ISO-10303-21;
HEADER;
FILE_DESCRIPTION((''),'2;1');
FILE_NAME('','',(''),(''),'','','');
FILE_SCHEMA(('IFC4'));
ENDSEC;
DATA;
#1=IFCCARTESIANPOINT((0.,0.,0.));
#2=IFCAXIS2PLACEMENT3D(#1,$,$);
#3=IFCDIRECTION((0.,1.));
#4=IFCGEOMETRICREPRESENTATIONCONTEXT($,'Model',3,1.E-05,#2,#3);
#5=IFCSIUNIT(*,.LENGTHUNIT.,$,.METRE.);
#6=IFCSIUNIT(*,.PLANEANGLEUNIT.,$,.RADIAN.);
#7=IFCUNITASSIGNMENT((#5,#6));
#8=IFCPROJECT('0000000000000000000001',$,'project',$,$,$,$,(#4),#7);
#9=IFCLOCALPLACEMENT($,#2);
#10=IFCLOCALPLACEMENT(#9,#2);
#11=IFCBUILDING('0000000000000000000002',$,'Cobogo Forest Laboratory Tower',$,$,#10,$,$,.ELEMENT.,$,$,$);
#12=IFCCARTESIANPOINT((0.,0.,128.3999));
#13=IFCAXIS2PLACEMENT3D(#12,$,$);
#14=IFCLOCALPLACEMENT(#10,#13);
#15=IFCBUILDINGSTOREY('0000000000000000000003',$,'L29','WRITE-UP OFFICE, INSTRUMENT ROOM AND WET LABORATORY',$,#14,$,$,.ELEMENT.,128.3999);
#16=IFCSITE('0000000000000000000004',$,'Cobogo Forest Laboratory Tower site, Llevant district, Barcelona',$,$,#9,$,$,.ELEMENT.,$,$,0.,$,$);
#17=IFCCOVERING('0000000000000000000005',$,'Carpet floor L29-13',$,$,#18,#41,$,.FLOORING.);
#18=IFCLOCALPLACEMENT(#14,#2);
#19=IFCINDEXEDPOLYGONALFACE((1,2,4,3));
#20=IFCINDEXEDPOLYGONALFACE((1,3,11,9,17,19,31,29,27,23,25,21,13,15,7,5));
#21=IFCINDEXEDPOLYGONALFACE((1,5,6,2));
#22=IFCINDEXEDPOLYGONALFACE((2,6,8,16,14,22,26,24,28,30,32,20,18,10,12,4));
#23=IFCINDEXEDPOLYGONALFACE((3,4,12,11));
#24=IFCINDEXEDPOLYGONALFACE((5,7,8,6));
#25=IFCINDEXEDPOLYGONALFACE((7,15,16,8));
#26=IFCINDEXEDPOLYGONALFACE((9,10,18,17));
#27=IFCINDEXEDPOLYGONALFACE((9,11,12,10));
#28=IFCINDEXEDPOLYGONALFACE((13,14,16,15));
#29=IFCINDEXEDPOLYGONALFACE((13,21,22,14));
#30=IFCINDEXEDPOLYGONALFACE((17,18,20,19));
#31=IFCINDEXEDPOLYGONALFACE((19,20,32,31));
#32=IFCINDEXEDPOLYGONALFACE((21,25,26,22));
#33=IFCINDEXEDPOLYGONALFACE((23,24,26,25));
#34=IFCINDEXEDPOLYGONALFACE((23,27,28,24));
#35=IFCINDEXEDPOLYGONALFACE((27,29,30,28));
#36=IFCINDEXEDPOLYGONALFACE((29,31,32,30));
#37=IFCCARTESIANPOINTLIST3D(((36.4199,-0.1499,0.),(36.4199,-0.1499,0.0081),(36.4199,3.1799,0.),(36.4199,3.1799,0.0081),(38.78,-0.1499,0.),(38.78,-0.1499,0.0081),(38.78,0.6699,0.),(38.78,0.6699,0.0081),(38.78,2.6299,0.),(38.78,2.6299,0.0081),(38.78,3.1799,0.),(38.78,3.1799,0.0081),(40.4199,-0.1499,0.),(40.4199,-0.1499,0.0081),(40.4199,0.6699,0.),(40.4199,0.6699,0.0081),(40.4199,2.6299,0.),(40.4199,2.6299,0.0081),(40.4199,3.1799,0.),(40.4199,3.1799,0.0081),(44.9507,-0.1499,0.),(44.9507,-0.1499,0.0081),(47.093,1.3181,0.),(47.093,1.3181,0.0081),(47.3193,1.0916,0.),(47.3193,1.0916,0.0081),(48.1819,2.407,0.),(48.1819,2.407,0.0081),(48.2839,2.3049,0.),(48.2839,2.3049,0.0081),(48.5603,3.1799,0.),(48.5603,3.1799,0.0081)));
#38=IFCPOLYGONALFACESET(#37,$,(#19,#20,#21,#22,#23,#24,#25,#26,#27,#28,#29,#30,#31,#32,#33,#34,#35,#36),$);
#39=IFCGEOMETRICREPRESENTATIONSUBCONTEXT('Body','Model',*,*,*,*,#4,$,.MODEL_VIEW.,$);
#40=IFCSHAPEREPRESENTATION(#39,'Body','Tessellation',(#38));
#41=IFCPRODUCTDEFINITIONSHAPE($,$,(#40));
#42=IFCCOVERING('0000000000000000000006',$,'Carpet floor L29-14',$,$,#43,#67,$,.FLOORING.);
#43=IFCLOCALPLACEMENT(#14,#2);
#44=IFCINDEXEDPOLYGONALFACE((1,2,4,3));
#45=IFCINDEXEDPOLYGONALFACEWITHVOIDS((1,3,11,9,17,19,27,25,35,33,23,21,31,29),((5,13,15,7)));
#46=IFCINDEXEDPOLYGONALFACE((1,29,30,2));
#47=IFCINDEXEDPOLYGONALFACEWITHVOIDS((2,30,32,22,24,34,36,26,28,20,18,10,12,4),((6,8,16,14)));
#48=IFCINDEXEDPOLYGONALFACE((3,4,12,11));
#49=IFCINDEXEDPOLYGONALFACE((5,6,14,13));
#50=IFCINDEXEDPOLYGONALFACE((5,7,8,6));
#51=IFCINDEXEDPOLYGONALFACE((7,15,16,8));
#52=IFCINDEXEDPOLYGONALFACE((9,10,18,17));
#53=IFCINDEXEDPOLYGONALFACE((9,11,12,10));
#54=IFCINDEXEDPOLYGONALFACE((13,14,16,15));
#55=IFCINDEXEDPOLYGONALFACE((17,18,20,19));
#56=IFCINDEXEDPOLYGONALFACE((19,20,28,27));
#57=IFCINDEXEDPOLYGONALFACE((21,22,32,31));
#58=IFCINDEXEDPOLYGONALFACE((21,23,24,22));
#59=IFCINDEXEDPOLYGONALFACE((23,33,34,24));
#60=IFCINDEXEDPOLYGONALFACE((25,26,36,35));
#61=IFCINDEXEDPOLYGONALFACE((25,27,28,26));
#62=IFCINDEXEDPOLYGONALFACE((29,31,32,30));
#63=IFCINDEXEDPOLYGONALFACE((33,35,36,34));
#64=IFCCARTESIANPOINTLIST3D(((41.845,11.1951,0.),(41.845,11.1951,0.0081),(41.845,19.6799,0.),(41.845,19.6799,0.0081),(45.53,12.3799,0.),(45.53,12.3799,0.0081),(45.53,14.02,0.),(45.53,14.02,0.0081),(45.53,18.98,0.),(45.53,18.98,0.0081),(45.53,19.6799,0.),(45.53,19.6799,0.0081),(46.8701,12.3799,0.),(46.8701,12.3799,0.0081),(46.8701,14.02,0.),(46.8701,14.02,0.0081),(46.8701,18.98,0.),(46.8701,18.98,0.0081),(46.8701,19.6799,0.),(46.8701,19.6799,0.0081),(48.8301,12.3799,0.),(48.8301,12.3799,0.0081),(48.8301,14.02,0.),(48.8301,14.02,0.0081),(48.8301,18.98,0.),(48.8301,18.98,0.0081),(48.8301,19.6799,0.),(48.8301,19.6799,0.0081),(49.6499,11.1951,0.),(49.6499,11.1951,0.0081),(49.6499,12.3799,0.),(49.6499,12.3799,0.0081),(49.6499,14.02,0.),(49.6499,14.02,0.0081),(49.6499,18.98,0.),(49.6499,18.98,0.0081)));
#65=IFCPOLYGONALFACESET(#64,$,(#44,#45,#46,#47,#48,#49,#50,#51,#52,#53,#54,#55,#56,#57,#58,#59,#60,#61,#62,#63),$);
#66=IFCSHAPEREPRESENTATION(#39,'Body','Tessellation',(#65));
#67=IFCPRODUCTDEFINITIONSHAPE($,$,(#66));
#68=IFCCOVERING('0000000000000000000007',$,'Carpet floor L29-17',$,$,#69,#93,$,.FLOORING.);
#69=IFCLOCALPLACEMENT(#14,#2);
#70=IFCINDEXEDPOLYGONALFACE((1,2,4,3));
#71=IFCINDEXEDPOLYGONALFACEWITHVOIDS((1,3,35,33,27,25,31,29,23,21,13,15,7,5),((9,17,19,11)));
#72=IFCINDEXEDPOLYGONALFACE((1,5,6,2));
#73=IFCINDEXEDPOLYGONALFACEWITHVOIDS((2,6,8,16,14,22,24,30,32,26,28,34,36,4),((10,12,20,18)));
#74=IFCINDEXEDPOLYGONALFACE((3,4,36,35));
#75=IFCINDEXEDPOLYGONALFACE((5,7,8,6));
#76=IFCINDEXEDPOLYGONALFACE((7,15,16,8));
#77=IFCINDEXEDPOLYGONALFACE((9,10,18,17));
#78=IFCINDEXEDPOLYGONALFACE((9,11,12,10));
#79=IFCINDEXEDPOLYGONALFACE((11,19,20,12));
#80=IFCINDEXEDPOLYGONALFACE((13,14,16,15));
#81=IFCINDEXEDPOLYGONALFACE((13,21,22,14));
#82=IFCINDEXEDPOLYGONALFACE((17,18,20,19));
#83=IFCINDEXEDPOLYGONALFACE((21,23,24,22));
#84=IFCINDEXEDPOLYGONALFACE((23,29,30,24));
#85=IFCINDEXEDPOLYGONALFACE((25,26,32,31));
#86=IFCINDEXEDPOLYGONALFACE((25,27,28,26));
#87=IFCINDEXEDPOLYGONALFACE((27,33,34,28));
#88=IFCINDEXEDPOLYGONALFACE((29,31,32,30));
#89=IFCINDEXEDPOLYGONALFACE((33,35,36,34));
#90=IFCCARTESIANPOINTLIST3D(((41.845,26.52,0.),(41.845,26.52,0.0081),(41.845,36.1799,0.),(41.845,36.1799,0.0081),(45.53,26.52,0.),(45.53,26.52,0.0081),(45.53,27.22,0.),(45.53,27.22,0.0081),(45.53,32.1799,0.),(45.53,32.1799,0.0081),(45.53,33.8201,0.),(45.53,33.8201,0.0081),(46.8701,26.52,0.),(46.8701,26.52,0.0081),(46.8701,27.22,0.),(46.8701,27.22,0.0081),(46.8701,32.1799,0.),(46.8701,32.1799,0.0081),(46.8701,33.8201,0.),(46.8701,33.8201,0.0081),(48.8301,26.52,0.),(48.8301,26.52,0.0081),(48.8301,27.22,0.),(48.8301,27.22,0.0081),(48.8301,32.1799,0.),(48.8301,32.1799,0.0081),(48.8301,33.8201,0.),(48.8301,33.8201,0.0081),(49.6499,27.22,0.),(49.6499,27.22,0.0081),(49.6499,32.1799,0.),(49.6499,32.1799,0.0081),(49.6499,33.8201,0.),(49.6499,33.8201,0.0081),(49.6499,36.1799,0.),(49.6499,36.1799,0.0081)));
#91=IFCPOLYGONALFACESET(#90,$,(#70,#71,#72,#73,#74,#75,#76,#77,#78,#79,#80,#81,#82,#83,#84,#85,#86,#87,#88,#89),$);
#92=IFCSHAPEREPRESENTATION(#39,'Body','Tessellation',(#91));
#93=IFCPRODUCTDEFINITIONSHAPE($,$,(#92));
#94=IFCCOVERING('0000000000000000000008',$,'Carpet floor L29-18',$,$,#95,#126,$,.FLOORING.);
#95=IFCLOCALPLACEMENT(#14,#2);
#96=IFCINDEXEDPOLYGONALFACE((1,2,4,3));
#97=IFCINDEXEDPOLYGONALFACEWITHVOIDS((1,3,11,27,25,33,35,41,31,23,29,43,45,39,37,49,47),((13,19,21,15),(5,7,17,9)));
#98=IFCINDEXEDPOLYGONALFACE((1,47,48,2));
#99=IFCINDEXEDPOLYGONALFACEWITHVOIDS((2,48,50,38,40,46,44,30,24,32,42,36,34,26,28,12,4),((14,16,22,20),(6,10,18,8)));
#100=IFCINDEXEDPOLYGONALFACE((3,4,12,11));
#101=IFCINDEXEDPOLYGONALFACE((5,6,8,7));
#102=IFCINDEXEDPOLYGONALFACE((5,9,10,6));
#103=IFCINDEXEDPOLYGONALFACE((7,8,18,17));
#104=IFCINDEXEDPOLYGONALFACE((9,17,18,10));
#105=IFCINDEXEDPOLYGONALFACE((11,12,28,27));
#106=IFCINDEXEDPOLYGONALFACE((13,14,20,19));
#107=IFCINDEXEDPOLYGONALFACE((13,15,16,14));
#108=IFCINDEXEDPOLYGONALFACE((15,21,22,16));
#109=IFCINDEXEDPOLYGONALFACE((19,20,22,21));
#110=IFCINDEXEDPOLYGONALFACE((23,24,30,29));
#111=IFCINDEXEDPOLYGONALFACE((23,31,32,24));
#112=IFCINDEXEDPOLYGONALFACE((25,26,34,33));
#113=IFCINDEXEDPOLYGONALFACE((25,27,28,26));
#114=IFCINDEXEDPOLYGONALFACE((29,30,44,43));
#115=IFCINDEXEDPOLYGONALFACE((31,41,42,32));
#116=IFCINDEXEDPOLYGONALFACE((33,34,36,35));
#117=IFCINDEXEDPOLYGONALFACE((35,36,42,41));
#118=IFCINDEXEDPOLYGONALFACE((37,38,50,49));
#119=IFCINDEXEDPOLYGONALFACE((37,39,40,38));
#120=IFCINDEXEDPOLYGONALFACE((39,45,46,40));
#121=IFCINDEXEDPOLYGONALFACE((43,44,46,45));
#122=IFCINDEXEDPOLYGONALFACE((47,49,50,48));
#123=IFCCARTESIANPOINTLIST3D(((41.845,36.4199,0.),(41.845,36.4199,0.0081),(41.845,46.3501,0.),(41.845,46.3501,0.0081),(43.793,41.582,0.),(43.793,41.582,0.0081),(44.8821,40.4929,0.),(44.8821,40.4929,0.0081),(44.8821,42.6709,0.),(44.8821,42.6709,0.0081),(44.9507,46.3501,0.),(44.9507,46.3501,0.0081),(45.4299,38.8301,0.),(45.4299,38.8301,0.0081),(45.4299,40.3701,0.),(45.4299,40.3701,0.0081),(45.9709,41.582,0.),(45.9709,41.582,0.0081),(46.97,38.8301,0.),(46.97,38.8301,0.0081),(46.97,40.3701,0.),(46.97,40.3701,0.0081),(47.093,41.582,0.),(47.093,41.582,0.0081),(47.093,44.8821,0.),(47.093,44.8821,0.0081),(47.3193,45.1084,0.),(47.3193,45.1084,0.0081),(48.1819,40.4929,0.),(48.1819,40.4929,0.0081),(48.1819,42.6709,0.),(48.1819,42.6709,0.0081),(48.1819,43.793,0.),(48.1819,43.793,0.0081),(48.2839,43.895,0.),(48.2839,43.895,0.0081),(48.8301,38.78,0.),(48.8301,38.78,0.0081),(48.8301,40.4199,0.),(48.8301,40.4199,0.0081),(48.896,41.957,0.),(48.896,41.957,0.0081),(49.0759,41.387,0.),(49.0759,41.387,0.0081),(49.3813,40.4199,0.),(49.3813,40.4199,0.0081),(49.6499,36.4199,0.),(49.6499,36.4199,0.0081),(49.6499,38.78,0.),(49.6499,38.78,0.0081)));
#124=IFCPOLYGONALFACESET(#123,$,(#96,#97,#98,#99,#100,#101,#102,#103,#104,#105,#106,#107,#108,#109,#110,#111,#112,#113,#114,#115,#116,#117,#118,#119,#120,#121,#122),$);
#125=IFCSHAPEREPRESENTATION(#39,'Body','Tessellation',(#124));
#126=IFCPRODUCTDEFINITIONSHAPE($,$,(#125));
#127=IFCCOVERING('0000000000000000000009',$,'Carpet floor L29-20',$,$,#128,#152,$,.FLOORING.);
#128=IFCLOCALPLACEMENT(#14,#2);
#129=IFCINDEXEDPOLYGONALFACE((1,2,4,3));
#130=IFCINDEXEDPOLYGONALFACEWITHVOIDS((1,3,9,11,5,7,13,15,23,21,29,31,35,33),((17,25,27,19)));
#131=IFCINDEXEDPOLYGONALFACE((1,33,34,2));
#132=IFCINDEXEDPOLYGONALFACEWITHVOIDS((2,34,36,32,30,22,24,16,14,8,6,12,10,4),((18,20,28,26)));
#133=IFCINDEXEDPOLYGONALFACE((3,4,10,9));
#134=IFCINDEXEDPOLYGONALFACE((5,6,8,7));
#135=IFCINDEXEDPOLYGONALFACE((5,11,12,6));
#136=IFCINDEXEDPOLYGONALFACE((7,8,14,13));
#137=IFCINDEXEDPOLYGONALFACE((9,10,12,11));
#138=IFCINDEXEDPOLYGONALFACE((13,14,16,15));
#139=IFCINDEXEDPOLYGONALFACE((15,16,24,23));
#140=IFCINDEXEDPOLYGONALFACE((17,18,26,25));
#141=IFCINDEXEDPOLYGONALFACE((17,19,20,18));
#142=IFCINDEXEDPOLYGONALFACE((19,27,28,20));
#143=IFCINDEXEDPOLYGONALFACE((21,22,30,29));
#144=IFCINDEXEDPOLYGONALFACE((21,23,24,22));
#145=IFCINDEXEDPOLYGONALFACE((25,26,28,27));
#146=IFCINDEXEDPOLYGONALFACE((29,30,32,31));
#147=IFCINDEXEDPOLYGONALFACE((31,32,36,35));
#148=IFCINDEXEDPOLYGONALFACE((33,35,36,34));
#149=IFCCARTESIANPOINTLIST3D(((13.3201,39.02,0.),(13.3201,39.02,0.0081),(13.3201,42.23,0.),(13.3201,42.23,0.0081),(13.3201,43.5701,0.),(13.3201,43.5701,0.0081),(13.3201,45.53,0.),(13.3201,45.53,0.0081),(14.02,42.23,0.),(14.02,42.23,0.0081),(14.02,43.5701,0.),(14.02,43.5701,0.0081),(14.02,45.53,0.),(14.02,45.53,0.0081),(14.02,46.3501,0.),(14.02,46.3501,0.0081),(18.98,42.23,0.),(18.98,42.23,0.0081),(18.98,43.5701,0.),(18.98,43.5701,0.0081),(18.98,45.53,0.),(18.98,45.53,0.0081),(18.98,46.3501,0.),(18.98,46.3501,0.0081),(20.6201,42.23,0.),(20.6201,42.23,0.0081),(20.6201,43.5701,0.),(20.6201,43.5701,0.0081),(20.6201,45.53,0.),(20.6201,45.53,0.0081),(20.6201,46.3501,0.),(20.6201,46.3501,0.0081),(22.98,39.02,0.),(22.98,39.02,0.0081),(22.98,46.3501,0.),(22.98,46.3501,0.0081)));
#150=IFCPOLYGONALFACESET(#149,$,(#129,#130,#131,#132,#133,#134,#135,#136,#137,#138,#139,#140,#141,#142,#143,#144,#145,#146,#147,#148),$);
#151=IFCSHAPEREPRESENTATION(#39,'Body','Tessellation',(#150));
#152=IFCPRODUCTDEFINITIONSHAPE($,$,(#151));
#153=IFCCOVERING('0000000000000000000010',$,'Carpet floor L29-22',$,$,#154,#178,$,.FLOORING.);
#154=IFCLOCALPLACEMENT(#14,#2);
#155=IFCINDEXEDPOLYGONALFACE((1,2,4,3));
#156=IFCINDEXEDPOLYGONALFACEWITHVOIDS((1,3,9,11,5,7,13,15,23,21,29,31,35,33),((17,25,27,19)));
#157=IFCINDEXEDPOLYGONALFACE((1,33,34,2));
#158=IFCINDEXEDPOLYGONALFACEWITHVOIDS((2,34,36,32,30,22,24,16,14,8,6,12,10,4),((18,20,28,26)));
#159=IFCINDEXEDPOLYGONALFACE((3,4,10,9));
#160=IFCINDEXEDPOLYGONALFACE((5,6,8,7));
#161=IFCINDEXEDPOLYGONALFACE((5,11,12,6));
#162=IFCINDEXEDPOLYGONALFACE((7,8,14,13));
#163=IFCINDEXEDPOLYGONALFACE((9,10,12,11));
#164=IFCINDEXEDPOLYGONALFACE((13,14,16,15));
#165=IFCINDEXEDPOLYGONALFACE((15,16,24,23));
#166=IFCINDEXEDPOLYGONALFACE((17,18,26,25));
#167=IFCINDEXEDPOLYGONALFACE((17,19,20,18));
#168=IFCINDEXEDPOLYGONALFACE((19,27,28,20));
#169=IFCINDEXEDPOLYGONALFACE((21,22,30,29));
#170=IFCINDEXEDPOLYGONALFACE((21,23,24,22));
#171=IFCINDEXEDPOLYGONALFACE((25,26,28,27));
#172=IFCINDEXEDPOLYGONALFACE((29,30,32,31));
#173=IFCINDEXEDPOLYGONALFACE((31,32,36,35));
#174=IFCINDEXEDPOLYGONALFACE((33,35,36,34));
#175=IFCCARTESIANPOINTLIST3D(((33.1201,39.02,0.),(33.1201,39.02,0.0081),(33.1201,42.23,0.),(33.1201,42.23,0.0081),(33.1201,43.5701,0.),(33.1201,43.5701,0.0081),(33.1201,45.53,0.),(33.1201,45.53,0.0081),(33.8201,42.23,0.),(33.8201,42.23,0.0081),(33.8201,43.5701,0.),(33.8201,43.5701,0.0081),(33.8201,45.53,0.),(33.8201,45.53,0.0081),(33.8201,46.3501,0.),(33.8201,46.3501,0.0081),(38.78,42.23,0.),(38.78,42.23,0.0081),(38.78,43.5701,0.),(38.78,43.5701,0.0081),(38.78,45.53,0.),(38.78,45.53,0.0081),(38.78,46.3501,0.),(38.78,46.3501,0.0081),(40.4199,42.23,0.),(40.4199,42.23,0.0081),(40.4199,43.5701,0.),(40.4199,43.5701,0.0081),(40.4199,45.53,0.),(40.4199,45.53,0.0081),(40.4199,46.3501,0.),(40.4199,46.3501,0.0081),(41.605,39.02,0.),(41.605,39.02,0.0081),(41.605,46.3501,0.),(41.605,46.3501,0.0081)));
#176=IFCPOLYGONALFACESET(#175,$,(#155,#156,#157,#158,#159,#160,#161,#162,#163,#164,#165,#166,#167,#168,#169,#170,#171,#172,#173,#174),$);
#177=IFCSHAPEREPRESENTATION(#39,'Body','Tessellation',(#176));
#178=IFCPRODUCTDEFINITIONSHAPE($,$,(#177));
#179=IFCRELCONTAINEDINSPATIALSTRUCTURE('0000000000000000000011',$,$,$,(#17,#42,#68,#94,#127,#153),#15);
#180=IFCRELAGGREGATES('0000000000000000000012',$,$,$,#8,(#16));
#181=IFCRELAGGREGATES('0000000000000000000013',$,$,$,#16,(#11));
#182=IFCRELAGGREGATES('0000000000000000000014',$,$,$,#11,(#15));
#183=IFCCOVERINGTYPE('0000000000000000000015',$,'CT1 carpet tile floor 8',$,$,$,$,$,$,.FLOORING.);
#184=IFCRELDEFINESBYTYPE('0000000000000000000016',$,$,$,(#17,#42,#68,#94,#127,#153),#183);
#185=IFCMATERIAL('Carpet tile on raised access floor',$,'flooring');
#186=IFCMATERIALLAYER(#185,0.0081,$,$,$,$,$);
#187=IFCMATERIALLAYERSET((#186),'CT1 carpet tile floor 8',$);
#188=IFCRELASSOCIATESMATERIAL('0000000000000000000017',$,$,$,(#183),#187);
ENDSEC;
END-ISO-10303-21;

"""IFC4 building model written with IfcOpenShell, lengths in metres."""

from ifc_helpers import new_model, si_unit, direction, frame, origin, place, context, subcontext, project, spatial, polyline, outline, extrude, material, layer, layer_set, type_object, element, save


model = new_model("IFC4")

# Units and contexts
model_context = context("Model", 3, precision=1e-05, world=origin(), true_north=direction((0.0, 1.0)))
body_context = subcontext(model_context, "Body", "Model", "MODEL_VIEW")
ifc_project = project(units=[si_unit("LENGTHUNIT", "METRE"), si_unit("PLANEANGLEUNIT", "RADIAN")], contexts=[model_context])

# Site, building, storey
site_placement = place(None, origin())
site = spatial("IfcSite", under=ifc_project, at=site_placement, Name="Cobogo Forest Laboratory Tower site, Llevant district, Barcelona", CompositionType="ELEMENT", RefElevation=0.0)
building_placement = place(site_placement, origin())
building = spatial("IfcBuilding", under=site, at=building_placement, Name="Cobogo Forest Laboratory Tower", CompositionType="ELEMENT")
storey_placement = place(building_placement, frame((0.0, 0.0, 128.3999)))
storey = spatial("IfcBuildingStorey", under=building, at=storey_placement, Name="L29", Description="WRITE-UP OFFICE, INSTRUMENT ROOM AND WET LABORATORY", CompositionType="ELEMENT", Elevation=128.3999)

# Coverings
ifc_material_1 = material(Name="Carpet tile on raised access floor", Category="flooring")
ifc_layer_1 = layer(ifc_material_1, 0.0081)
ifc_layer_set_1 = layer_set([ifc_layer_1], Name="CT1 carpet tile floor 8")
covering_type_1 = type_object("IfcCoveringType", Name="CT1 carpet tile floor 8", PredefinedType="FLOORING", material=ifc_layer_set_1)
covering_1_placement = place(storey_placement, origin())
element("IfcCovering", 1, at=covering_1_placement, inside=storey, type_object=covering_type_1, Name="Carpet floor L29-13", PredefinedType="FLOORING", context=body_context, shape_type="SweptSolid", body=[
    extrude(outline(polyline([(38.78, 3.1799), (38.78, 2.6299), (40.4199, 2.6299), (40.4199, 3.1799), (48.5603, 3.1799), (48.2839, 2.3049), (48.1819, 2.407), (47.093, 1.3181), (47.3193, 1.0916), (44.9507, -0.1499), (40.4199, -0.1499), (40.4199, 0.6699), (38.78, 0.6699), (38.78, -0.1499), (36.4199, -0.1499), (36.4199, 3.1799), (38.78, 3.1799)])), origin(), (0.0, 0.0, 1.0), 0.0081),
])
covering_2_placement = place(storey_placement, origin())
element("IfcCovering", 2, at=covering_2_placement, inside=storey, type_object=covering_type_1, Name="Carpet floor L29-14", PredefinedType="FLOORING", context=body_context, shape_type="SweptSolid", body=[
    extrude(outline(polyline([(41.845, 19.6799), (45.53, 19.6799), (45.53, 18.98), (46.8701, 18.98), (46.8701, 19.6799), (48.8301, 19.6799), (48.8301, 18.98), (49.6499, 18.98), (49.6499, 14.02), (48.8301, 14.02), (48.8301, 12.3799), (49.6499, 12.3799), (49.6499, 11.1951), (41.845, 11.1951), (41.845, 19.6799)]), holes=[polyline([(45.53, 12.3799), (46.8701, 12.3799), (46.8701, 14.02), (45.53, 14.02), (45.53, 12.3799)])]), origin(), (0.0, 0.0, 1.0), 0.0081),
])
covering_3_placement = place(storey_placement, origin())
element("IfcCovering", 3, at=covering_3_placement, inside=storey, type_object=covering_type_1, Name="Carpet floor L29-17", PredefinedType="FLOORING", context=body_context, shape_type="SweptSolid", body=[
    extrude(outline(polyline([(41.845, 36.1799), (49.6499, 36.1799), (49.6499, 33.8201), (48.8301, 33.8201), (48.8301, 32.1799), (49.6499, 32.1799), (49.6499, 27.22), (48.8301, 27.22), (48.8301, 26.52), (46.8701, 26.52), (46.8701, 27.22), (45.53, 27.22), (45.53, 26.52), (41.845, 26.52), (41.845, 36.1799)]), holes=[polyline([(46.8701, 32.1799), (46.8701, 33.8201), (45.53, 33.8201), (45.53, 32.1799), (46.8701, 32.1799)])]), origin(), (0.0, 0.0, 1.0), 0.0081),
])
covering_4_placement = place(storey_placement, origin())
element("IfcCovering", 4, at=covering_4_placement, inside=storey, type_object=covering_type_1, Name="Carpet floor L29-18", PredefinedType="FLOORING", context=body_context, shape_type="SweptSolid", body=[
    extrude(outline(polyline([(41.845, 46.3501), (44.9507, 46.3501), (47.3193, 45.1084), (47.093, 44.8821), (48.1819, 43.793), (48.2839, 43.895), (48.896, 41.957), (48.1819, 42.6709), (47.093, 41.582), (48.1819, 40.4929), (49.0759, 41.387), (49.3813, 40.4199), (48.8301, 40.4199), (48.8301, 38.78), (49.6499, 38.78), (49.6499, 36.4199), (41.845, 36.4199), (41.845, 46.3501)]), holes=[polyline([(45.4299, 40.3701), (45.4299, 38.8301), (46.97, 38.8301), (46.97, 40.3701), (45.4299, 40.3701)]), polyline([(43.793, 41.582), (44.8821, 40.4929), (45.9709, 41.582), (44.8821, 42.6709), (43.793, 41.582)])]), origin(), (0.0, 0.0, 1.0), 0.0081),
])
covering_5_placement = place(storey_placement, origin())
element("IfcCovering", 5, at=covering_5_placement, inside=storey, type_object=covering_type_1, Name="Carpet floor L29-20", PredefinedType="FLOORING", context=body_context, shape_type="SweptSolid", body=[
    extrude(outline(polyline([(13.3201, 39.02), (13.3201, 42.23), (14.02, 42.23), (14.02, 43.5701), (13.3201, 43.5701), (13.3201, 45.53), (14.02, 45.53), (14.02, 46.3501), (18.98, 46.3501), (18.98, 45.53), (20.6201, 45.53), (20.6201, 46.3501), (22.98, 46.3501), (22.98, 39.02), (13.3201, 39.02)]), holes=[polyline([(18.98, 42.23), (20.6201, 42.23), (20.6201, 43.5701), (18.98, 43.5701), (18.98, 42.23)])]), origin(), (0.0, 0.0, 1.0), 0.0081),
])
covering_6_placement = place(storey_placement, origin())
element("IfcCovering", 6, at=covering_6_placement, inside=storey, type_object=covering_type_1, Name="Carpet floor L29-22", PredefinedType="FLOORING", context=body_context, shape_type="SweptSolid", body=[
    extrude(outline(polyline([(33.1201, 39.02), (33.1201, 42.23), (33.8201, 42.23), (33.8201, 43.5701), (33.1201, 43.5701), (33.1201, 45.53), (33.8201, 45.53), (33.8201, 46.3501), (38.78, 46.3501), (38.78, 45.53), (40.4199, 45.53), (40.4199, 46.3501), (41.605, 46.3501), (41.605, 39.02), (33.1201, 39.02)]), holes=[polyline([(38.78, 43.5701), (38.78, 42.23), (40.4199, 42.23), (40.4199, 43.5701), (38.78, 43.5701)])]), origin(), (0.0, 0.0, 1.0), 0.0081),
])

save(model, "model.ifc")
